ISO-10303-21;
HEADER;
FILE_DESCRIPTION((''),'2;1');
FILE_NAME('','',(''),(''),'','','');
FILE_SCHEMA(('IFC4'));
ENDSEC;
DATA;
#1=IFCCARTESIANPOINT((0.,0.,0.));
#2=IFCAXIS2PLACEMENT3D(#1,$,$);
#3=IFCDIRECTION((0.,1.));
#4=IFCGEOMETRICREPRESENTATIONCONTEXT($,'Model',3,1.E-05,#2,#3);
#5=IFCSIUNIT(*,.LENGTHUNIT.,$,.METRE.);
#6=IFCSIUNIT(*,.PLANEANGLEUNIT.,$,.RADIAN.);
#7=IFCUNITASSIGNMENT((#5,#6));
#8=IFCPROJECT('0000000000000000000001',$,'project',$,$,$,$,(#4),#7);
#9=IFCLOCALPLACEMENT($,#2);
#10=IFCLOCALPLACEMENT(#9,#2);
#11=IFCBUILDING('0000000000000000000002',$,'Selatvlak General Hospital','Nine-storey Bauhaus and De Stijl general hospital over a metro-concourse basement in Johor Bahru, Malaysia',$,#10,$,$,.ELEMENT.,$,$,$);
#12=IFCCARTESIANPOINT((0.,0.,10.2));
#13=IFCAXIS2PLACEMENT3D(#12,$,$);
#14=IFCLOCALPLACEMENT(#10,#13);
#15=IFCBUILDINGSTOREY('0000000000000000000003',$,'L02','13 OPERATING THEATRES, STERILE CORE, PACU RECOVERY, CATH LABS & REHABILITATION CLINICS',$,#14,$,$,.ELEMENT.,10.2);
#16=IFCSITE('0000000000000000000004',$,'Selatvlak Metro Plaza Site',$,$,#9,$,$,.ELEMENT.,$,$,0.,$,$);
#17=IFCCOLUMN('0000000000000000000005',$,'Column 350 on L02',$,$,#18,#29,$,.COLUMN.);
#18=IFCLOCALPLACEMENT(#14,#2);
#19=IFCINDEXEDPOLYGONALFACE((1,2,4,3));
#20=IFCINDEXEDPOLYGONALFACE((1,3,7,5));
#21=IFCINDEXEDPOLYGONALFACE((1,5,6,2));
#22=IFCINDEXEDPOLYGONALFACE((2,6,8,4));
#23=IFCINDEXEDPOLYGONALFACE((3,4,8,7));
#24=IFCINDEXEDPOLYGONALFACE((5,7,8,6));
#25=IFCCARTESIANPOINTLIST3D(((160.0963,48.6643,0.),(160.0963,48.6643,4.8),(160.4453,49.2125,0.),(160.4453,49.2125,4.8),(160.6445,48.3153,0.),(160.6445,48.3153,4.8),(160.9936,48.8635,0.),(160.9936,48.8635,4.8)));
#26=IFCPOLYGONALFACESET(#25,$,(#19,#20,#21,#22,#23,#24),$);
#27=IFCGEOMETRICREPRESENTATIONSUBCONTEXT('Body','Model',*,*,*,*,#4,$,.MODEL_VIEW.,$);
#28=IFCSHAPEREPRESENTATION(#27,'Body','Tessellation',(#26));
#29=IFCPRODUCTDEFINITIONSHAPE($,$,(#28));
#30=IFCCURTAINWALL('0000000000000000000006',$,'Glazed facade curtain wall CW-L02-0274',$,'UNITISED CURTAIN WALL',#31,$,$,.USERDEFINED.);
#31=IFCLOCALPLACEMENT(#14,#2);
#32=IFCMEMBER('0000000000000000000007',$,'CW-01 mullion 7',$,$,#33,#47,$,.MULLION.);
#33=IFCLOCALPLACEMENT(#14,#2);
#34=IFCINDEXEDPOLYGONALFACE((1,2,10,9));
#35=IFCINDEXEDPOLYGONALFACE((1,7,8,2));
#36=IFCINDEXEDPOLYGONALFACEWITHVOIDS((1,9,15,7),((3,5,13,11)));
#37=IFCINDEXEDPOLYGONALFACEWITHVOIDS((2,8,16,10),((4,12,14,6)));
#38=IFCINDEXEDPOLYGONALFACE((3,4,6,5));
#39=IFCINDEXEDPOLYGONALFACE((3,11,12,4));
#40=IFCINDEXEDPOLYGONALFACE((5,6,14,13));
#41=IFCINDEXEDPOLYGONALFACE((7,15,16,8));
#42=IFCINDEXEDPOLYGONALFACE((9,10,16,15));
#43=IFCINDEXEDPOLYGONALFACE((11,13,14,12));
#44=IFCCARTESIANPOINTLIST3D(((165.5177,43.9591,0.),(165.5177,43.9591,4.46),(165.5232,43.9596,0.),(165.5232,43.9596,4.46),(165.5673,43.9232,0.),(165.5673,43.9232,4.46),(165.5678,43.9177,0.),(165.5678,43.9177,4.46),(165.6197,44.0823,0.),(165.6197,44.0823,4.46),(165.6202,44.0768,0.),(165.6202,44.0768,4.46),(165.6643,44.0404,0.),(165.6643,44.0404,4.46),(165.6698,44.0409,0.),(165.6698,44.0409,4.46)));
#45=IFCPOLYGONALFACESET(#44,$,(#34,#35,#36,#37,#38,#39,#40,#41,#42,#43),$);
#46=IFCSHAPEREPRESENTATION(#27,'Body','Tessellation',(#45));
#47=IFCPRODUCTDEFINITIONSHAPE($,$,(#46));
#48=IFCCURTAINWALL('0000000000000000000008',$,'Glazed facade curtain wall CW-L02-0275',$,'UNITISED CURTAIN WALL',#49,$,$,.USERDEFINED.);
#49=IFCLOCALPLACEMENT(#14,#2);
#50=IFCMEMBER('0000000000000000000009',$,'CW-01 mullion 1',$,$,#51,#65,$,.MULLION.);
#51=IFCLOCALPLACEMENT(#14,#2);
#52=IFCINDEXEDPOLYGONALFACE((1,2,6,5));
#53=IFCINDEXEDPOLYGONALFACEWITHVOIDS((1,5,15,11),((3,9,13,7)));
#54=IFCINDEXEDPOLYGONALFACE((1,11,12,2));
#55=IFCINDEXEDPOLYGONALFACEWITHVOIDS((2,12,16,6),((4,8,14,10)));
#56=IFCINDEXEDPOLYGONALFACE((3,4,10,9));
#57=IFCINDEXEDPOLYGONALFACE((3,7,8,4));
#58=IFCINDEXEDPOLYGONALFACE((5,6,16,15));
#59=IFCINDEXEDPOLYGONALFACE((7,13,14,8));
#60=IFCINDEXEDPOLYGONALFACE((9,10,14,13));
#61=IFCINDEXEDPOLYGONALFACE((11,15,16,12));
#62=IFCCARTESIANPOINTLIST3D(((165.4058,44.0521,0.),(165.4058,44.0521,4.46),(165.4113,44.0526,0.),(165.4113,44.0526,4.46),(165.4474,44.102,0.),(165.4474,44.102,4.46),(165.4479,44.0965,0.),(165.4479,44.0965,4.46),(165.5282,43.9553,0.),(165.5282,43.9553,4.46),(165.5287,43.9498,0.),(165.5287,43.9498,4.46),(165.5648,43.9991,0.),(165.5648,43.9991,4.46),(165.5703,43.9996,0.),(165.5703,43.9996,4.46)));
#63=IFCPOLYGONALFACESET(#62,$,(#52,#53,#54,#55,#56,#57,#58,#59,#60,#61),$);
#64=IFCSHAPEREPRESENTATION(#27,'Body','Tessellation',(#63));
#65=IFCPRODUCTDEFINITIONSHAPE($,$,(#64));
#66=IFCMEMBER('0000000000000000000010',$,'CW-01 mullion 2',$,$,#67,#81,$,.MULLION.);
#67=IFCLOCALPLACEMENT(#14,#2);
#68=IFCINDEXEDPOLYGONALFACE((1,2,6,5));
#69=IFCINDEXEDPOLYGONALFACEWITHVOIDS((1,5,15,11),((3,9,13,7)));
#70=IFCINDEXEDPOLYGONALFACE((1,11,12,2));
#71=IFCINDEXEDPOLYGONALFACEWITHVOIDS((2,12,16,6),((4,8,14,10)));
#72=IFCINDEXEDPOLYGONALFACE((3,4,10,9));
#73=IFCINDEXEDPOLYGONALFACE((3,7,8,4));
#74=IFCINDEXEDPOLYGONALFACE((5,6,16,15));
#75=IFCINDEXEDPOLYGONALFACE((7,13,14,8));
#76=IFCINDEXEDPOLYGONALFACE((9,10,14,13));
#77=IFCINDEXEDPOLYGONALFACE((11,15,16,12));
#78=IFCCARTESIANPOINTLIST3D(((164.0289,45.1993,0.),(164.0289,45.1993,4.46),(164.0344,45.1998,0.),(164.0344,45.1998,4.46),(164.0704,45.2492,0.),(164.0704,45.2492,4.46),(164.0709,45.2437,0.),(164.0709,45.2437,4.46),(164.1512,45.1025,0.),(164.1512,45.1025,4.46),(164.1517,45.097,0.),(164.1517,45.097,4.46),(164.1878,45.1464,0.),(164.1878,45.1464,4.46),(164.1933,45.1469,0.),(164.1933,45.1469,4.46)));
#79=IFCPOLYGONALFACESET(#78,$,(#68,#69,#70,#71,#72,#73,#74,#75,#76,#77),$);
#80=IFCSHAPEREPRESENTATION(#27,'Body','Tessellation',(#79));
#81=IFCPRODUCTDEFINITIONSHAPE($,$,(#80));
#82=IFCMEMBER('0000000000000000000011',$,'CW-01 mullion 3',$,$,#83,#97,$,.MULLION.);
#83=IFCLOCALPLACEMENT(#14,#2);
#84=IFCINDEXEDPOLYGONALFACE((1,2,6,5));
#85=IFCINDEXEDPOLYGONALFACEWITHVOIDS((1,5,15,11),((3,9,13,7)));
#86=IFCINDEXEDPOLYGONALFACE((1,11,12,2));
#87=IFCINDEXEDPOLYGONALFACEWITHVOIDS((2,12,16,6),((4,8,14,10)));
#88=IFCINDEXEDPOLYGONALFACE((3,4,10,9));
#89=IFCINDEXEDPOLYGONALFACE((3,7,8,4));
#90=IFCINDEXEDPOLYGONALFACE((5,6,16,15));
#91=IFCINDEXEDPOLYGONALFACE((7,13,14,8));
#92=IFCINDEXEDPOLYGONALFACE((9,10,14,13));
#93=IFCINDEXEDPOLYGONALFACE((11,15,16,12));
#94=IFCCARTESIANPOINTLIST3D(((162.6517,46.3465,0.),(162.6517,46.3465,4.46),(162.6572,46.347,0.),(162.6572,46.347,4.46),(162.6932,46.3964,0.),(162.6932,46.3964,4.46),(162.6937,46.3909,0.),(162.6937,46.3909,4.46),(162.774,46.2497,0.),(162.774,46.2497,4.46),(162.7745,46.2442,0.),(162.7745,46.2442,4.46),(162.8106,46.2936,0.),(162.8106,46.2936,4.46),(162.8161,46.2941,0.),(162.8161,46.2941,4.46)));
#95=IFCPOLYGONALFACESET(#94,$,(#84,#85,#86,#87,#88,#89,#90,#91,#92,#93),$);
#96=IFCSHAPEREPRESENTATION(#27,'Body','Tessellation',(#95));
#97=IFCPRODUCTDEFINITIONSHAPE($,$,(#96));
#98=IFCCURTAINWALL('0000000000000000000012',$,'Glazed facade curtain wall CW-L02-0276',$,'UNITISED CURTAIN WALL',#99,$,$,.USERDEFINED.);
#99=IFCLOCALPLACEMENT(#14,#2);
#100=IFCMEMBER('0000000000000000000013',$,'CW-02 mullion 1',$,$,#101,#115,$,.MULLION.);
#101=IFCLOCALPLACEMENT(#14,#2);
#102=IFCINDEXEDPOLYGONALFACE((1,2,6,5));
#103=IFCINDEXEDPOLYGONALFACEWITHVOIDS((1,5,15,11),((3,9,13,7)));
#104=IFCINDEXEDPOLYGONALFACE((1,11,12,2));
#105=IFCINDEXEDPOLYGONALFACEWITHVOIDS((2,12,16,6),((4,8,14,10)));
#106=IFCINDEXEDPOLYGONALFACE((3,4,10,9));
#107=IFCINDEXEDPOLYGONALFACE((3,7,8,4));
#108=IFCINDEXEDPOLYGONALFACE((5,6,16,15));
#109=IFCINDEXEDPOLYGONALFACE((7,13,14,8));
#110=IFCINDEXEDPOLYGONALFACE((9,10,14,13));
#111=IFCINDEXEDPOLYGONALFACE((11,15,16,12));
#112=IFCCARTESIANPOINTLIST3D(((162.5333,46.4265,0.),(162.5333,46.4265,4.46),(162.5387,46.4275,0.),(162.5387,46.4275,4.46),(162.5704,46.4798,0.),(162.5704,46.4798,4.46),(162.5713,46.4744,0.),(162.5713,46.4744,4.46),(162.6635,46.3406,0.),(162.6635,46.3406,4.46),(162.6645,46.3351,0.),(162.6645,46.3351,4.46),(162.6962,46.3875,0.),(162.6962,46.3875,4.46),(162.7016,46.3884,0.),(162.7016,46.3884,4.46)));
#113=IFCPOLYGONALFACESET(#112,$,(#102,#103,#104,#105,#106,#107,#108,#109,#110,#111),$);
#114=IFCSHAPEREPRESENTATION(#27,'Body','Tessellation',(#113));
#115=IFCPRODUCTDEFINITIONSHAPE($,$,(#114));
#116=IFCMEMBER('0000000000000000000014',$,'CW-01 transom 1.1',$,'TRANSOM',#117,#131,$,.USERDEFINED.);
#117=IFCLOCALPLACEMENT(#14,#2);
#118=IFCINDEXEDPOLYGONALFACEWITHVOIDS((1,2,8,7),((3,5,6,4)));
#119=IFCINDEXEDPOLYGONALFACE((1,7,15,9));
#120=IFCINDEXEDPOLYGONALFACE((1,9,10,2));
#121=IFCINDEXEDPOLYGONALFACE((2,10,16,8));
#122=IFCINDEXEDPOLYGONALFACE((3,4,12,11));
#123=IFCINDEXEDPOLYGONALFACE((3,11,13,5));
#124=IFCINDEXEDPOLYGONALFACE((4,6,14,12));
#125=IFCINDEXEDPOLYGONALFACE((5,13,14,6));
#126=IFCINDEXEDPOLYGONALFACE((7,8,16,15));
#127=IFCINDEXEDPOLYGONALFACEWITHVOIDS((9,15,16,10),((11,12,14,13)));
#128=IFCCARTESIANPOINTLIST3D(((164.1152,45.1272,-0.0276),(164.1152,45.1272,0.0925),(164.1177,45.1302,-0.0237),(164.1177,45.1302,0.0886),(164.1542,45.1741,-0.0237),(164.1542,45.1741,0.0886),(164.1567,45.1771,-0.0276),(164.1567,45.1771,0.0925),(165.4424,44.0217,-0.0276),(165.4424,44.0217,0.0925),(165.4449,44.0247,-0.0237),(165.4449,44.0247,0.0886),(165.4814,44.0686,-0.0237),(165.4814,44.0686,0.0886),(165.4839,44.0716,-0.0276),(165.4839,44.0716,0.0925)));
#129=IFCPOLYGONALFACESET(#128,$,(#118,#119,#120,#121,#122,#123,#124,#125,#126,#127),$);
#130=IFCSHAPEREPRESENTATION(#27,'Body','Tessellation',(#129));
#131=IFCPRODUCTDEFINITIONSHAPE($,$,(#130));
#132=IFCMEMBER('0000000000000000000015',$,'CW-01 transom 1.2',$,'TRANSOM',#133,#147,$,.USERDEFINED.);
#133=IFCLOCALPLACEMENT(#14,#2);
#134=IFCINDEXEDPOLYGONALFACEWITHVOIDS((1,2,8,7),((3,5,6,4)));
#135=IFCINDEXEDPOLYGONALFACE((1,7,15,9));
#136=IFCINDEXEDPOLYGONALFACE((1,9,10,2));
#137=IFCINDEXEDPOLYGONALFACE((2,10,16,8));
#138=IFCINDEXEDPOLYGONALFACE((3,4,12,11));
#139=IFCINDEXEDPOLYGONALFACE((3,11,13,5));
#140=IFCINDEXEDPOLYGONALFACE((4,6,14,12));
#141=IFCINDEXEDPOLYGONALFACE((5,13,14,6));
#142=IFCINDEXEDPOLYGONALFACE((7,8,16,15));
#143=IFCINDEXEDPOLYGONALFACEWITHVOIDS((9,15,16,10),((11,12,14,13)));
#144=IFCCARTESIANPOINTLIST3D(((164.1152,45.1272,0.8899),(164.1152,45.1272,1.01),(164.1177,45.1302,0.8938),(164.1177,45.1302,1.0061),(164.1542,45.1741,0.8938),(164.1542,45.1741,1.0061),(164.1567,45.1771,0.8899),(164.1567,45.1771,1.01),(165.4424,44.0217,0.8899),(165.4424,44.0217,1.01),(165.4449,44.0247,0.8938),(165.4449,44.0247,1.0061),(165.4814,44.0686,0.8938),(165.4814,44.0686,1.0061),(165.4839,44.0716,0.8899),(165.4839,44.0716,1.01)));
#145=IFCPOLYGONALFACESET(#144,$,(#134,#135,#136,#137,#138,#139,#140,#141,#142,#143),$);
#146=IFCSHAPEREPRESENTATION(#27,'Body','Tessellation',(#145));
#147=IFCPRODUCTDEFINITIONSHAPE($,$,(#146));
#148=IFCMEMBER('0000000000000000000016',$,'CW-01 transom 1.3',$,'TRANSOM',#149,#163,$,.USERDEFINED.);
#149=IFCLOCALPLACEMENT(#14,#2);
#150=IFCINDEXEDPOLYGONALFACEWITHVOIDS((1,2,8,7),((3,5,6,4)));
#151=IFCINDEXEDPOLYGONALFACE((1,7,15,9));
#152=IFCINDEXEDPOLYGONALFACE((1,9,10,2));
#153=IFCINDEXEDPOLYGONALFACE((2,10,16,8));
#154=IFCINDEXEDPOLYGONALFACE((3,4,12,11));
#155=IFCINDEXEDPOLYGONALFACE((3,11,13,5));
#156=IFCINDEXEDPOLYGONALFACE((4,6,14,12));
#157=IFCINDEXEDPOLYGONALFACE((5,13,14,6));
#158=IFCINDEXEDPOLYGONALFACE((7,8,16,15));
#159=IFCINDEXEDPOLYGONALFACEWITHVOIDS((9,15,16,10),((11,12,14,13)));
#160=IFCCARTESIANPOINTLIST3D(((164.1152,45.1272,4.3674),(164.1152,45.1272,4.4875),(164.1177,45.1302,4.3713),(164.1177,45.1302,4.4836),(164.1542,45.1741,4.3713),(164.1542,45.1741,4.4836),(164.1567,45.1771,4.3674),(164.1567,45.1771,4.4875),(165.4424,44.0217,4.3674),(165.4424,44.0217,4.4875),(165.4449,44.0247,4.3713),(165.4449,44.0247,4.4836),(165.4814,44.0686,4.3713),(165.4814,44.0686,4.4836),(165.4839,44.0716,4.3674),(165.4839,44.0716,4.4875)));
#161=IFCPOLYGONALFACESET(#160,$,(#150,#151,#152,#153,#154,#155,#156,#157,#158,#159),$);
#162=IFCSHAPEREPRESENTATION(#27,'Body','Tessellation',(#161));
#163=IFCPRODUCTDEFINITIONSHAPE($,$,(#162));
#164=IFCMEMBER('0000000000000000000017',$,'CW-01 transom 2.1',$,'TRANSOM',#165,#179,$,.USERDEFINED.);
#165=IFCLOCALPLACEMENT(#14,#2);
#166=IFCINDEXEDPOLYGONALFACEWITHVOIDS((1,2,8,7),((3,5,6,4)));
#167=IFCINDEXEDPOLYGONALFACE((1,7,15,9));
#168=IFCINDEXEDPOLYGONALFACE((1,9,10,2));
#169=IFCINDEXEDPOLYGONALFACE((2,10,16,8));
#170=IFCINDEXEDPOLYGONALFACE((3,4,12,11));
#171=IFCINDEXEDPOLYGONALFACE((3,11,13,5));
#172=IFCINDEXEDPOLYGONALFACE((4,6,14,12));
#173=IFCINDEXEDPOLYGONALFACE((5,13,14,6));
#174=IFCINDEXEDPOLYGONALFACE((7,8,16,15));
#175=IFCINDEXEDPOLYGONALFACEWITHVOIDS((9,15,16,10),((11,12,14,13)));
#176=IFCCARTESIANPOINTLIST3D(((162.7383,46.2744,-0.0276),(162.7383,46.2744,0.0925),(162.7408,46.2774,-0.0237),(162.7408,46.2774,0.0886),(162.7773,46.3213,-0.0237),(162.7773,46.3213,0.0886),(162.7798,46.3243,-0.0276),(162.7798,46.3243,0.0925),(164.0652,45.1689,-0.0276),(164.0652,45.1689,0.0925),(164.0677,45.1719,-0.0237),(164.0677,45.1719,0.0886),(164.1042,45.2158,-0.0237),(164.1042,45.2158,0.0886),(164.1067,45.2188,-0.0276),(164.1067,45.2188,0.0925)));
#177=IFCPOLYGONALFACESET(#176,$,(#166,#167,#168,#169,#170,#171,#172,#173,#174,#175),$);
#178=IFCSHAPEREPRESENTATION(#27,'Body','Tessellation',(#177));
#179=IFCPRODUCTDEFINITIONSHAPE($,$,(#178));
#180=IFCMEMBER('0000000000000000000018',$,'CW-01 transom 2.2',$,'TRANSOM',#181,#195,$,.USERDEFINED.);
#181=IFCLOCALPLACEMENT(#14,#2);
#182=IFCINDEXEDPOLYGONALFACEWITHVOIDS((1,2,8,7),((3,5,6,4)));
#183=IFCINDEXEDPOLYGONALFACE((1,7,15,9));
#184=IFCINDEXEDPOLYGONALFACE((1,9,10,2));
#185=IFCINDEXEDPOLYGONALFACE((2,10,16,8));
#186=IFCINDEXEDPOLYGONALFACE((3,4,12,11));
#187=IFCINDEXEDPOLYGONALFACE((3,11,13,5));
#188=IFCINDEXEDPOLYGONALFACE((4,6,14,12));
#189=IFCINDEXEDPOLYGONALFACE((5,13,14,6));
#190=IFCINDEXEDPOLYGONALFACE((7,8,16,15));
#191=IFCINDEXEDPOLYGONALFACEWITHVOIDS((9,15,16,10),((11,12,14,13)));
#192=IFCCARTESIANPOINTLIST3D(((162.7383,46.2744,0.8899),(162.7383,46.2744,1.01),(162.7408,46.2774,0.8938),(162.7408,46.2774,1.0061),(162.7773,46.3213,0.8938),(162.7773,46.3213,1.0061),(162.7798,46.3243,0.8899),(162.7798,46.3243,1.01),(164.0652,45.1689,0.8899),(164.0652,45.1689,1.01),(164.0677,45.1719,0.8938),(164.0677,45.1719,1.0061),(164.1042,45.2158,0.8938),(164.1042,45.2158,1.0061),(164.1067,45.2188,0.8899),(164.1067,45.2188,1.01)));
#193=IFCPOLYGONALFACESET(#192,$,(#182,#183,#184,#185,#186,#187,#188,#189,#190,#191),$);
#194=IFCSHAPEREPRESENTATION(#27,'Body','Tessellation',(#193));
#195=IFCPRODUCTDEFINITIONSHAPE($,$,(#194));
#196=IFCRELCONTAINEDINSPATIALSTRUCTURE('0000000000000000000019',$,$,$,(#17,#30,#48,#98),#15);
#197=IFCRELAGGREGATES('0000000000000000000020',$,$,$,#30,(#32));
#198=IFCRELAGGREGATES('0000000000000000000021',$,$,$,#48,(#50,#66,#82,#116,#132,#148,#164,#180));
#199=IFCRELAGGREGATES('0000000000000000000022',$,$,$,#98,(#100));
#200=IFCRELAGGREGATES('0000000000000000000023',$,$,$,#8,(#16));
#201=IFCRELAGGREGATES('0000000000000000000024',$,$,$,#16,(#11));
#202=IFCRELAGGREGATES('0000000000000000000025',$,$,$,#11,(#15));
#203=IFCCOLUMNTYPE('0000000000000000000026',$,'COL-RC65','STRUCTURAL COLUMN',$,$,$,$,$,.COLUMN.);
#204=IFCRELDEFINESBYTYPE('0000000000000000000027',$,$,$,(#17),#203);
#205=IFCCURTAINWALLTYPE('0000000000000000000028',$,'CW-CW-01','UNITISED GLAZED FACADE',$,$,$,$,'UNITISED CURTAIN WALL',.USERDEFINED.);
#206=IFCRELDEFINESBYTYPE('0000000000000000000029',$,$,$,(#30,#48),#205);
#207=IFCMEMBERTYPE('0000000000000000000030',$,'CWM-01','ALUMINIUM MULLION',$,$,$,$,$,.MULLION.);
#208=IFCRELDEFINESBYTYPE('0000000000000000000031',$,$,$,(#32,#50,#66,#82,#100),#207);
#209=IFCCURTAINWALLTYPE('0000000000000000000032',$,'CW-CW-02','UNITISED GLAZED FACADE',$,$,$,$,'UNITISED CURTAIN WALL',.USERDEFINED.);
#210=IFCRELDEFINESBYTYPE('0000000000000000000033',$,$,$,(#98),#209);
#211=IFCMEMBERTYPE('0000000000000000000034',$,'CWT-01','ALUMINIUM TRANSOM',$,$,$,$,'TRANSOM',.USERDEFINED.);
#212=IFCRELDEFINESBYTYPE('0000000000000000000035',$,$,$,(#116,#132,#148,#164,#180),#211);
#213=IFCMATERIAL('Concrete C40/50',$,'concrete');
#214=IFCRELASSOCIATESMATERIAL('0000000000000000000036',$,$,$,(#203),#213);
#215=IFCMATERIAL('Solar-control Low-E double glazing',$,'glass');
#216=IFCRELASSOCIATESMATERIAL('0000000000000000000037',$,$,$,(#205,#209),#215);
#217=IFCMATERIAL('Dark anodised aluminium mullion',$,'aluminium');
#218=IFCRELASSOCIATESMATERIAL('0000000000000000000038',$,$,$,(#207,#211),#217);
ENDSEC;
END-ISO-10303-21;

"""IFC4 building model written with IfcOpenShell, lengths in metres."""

from ifc_helpers import new_model, si_unit, direction, frame, origin, origin_2d, place, context, subcontext, project, spatial, rectangle, hollow_rectangle, extrude, material, material_profile, profile_set, type_object, element, aggregate, save


model = new_model("IFC4")

# Units and contexts
model_context = context("Model", 3, precision=1e-05, world=origin(), true_north=direction((0.0, 1.0)))
body_context = subcontext(model_context, "Body", "Model", "MODEL_VIEW")
ifc_project = project(units=[si_unit("LENGTHUNIT", "METRE"), si_unit("PLANEANGLEUNIT", "RADIAN")], contexts=[model_context])

# Site, building, storey
site_placement = place(None, origin())
site = spatial("IfcSite", under=ifc_project, at=site_placement, Name="Selatvlak Metro Plaza Site", CompositionType="ELEMENT", RefElevation=0.0)
building_placement = place(site_placement, origin())
building = spatial("IfcBuilding", under=site, at=building_placement, Name="Selatvlak General Hospital", Description="Nine-storey Bauhaus and De Stijl general hospital over a metro-concourse basement in Johor Bahru, Malaysia", CompositionType="ELEMENT")
storey_placement = place(building_placement, frame((0.0, 0.0, 10.2)))
storey = spatial("IfcBuildingStorey", under=building, at=storey_placement, Name="L02", Description="13 OPERATING THEATRES, STERILE CORE, PACU RECOVERY, CATH LABS & REHABILITATION CLINICS", CompositionType="ELEMENT", Elevation=10.2)

# Column
ifc_material_1 = material(Name="Concrete C40/50", Category="concrete")
ifc_material_profile_1 = material_profile(ifc_material_1, rectangle(XDim=0.6499, YDim=0.6499, at=origin_2d()), Name="RC-COL 650x650")
ifc_profile_set_1 = profile_set([ifc_material_profile_1], Name="Concrete C40/50")
column_type = type_object("IfcColumnType", Name="COL-RC65", Description="STRUCTURAL COLUMN", PredefinedType="COLUMN", material=ifc_profile_set_1)
column_placement = place(storey_placement, frame((160.5449, 48.7639, 0.0), z_axis=(0.0, 0.0, 1.0), x_axis=(0.537064, 0.843541, 0.0)))
element("IfcColumn", 1, at=column_placement, inside=storey, type_object=column_type, Name="Column 350 on L02", PredefinedType="COLUMN", context=body_context, shape_type="SweptSolid", body=[
    extrude(rectangle(XDim=0.6499, YDim=0.6499, at=origin_2d()), origin(), (0.0, 0.0, 1.0), 4.8),
])

# Curtain wall, member
ifc_material_2 = material(Name="Solar-control Low-E double glazing", Category="glass")
curtain_wall_type_1 = type_object("IfcCurtainWallType", Name="CW-CW-01", Description="UNITISED GLAZED FACADE", ElementType="UNITISED CURTAIN WALL", PredefinedType="USERDEFINED", material=ifc_material_2)
curtain_wall_1_placement = place(storey_placement, origin())
curtain_wall_1 = element("IfcCurtainWall", 2, at=curtain_wall_1_placement, inside=storey, type_object=curtain_wall_type_1, Name="Glazed facade curtain wall CW-L02-0274", ObjectType="UNITISED CURTAIN WALL", PredefinedType="USERDEFINED")
ifc_material_3 = material(Name="Dark anodised aluminium mullion", Category="aluminium")
ifc_material_profile_2 = material_profile(ifc_material_3, hollow_rectangle(XDim=0.0649, YDim=0.1599, WallThickness=0.0039, at=origin_2d()), Name="AL-MUL 65x160x4")
ifc_profile_set_2 = profile_set([ifc_material_profile_2], Name="Dark anodised aluminium mullion")
member_type_1 = type_object("IfcMemberType", Name="CWM-01", Description="ALUMINIUM MULLION", PredefinedType="MULLION", material=ifc_profile_set_2)
member_1_placement = place(storey_placement, frame((165.5938, 44.0, 0.0), z_axis=(0.0, 0.0, 1.0), x_axis=(0.770267, -0.637721, 0.0)))
member_1 = element("IfcMember", 3, at=member_1_placement, type_object=member_type_1, Name="CW-01 mullion 7", PredefinedType="MULLION", context=body_context, shape_type="SweptSolid", body=[
    extrude(hollow_rectangle(XDim=0.0649, YDim=0.1599, WallThickness=0.0039, at=origin_2d()), origin(), (0.0, 0.0, 1.0), 4.46),
])
aggregate(curtain_wall_1, [member_1])

# Curtain wall, members
curtain_wall_2_placement = place(storey_placement, origin())
curtain_wall_2 = element("IfcCurtainWall", 4, at=curtain_wall_2_placement, inside=storey, type_object=curtain_wall_type_1, Name="Glazed facade curtain wall CW-L02-0275", ObjectType="UNITISED CURTAIN WALL", PredefinedType="USERDEFINED")
member_2_placement = place(storey_placement, frame((165.488, 44.0259, 0.0), z_axis=(0.0, 0.0, 1.0), x_axis=(-0.640077, -0.768311, 0.0)))
member_2 = element("IfcMember", 5, at=member_2_placement, type_object=member_type_1, Name="CW-01 mullion 1", PredefinedType="MULLION", context=body_context, shape_type="SweptSolid", body=[
    extrude(hollow_rectangle(XDim=0.0649, YDim=0.1599, WallThickness=0.0039, at=origin_2d()), origin(), (0.0, 0.0, 1.0), 4.46),
])
member_3_placement = place(storey_placement, frame((164.1111, 45.1731, 0.0), z_axis=(0.0, 0.0, 1.0), x_axis=(-0.640077, -0.768311, 0.0)))
member_3 = element("IfcMember", 6, at=member_3_placement, type_object=member_type_1, Name="CW-01 mullion 2", PredefinedType="MULLION", context=body_context, shape_type="SweptSolid", body=[
    extrude(hollow_rectangle(XDim=0.0649, YDim=0.1599, WallThickness=0.0039, at=origin_2d()), origin(), (0.0, 0.0, 1.0), 4.46),
])
member_4_placement = place(storey_placement, frame((162.7339, 46.3203, 0.0), z_axis=(0.0, 0.0, 1.0), x_axis=(-0.640077, -0.768311, 0.0)))
member_4 = element("IfcMember", 7, at=member_4_placement, type_object=member_type_1, Name="CW-01 mullion 3", PredefinedType="MULLION", context=body_context, shape_type="SweptSolid", body=[
    extrude(hollow_rectangle(XDim=0.0649, YDim=0.1599, WallThickness=0.0039, at=origin_2d()), origin(), (0.0, 0.0, 1.0), 4.46),
])

# Curtain wall, member
curtain_wall_type_2 = type_object("IfcCurtainWallType", Name="CW-CW-02", Description="UNITISED GLAZED FACADE", ElementType="UNITISED CURTAIN WALL", PredefinedType="USERDEFINED", material=ifc_material_2)
curtain_wall_3_placement = place(storey_placement, origin())
curtain_wall_3 = element("IfcCurtainWall", 8, at=curtain_wall_3_placement, inside=storey, type_object=curtain_wall_type_2, Name="Glazed facade curtain wall CW-L02-0276", ObjectType="UNITISED CURTAIN WALL", PredefinedType="USERDEFINED")
member_5_placement = place(storey_placement, frame((162.6174, 46.4075, 0.0), z_axis=(0.0, 0.0, 1.0), x_axis=(-0.571335, -0.820717, 0.0)))
member_5 = element("IfcMember", 9, at=member_5_placement, type_object=member_type_1, Name="CW-02 mullion 1", PredefinedType="MULLION", context=body_context, shape_type="SweptSolid", body=[
    extrude(hollow_rectangle(XDim=0.0649, YDim=0.1599, WallThickness=0.0039, at=origin_2d()), origin(), (0.0, 0.0, 1.0), 4.46),
])

# Members
ifc_material_profile_3 = material_profile(ifc_material_3, hollow_rectangle(XDim=0.0649, YDim=0.1201, WallThickness=0.0039, at=origin_2d()), Name="AL-TRN 65x120x4")
ifc_profile_set_3 = profile_set([ifc_material_profile_3], Name="Dark anodised aluminium mullion")
member_type_2 = type_object("IfcMemberType", Name="CWT-01", Description="ALUMINIUM TRANSOM", ElementType="TRANSOM", PredefinedType="USERDEFINED", material=ifc_profile_set_3)
member_6_placement = place(storey_placement, frame((165.4631, 44.0466, 0.0325), z_axis=(-0.76836, 0.640018, 0.0), x_axis=(-0.640018, -0.76836, 0.0)))
member_6 = element("IfcMember", 10, at=member_6_placement, type_object=member_type_2, Name="CW-01 transom 1.1", ObjectType="TRANSOM", PredefinedType="USERDEFINED", context=body_context, shape_type="SweptSolid", body=[
    extrude(hollow_rectangle(XDim=0.0649, YDim=0.1201, WallThickness=0.0039, at=origin_2d()), origin(), (0.0, 0.0, 1.0), 1.7273),
])
member_7_placement = place(storey_placement, frame((165.4631, 44.0466, 0.95), z_axis=(-0.76836, 0.640018, 0.0), x_axis=(-0.640018, -0.76836, 0.0)))
member_7 = element("IfcMember", 11, at=member_7_placement, type_object=member_type_2, Name="CW-01 transom 1.2", ObjectType="TRANSOM", PredefinedType="USERDEFINED", context=body_context, shape_type="SweptSolid", body=[
    extrude(hollow_rectangle(XDim=0.0649, YDim=0.1201, WallThickness=0.0039, at=origin_2d()), origin(), (0.0, 0.0, 1.0), 1.7273),
])
member_8_placement = place(storey_placement, frame((165.4631, 44.0466, 4.4275), z_axis=(-0.76836, 0.640018, 0.0), x_axis=(-0.640018, -0.76836, 0.0)))
member_8 = element("IfcMember", 12, at=member_8_placement, type_object=member_type_2, Name="CW-01 transom 1.3", ObjectType="TRANSOM", PredefinedType="USERDEFINED", context=body_context, shape_type="SweptSolid", body=[
    extrude(hollow_rectangle(XDim=0.0649, YDim=0.1201, WallThickness=0.0039, at=origin_2d()), origin(), (0.0, 0.0, 1.0), 1.7273),
])
member_9_placement = place(storey_placement, frame((164.0859, 45.1938, 0.0325), z_axis=(-0.768302, 0.640087, 0.0), x_axis=(-0.640087, -0.768302, 0.0)))
member_9 = element("IfcMember", 13, at=member_9_placement, type_object=member_type_2, Name="CW-01 transom 2.1", ObjectType="TRANSOM", PredefinedType="USERDEFINED", context=body_context, shape_type="SweptSolid", body=[
    extrude(hollow_rectangle(XDim=0.0649, YDim=0.1201, WallThickness=0.0039, at=origin_2d()), origin(), (0.0, 0.0, 1.0), 1.7271),
])
member_10_placement = place(storey_placement, frame((164.0859, 45.1938, 0.95), z_axis=(-0.768302, 0.640087, 0.0), x_axis=(-0.640087, -0.768302, 0.0)))
member_10 = element("IfcMember", 14, at=member_10_placement, type_object=member_type_2, Name="CW-01 transom 2.2", ObjectType="TRANSOM", PredefinedType="USERDEFINED", context=body_context, shape_type="SweptSolid", body=[
    extrude(hollow_rectangle(XDim=0.0649, YDim=0.1201, WallThickness=0.0039, at=origin_2d()), origin(), (0.0, 0.0, 1.0), 1.7271),
])

aggregate(curtain_wall_2, [member_2, member_3, member_4, member_6, member_7, member_8, member_9, member_10])
aggregate(curtain_wall_3, [member_5])

save(model, "model.ifc")
